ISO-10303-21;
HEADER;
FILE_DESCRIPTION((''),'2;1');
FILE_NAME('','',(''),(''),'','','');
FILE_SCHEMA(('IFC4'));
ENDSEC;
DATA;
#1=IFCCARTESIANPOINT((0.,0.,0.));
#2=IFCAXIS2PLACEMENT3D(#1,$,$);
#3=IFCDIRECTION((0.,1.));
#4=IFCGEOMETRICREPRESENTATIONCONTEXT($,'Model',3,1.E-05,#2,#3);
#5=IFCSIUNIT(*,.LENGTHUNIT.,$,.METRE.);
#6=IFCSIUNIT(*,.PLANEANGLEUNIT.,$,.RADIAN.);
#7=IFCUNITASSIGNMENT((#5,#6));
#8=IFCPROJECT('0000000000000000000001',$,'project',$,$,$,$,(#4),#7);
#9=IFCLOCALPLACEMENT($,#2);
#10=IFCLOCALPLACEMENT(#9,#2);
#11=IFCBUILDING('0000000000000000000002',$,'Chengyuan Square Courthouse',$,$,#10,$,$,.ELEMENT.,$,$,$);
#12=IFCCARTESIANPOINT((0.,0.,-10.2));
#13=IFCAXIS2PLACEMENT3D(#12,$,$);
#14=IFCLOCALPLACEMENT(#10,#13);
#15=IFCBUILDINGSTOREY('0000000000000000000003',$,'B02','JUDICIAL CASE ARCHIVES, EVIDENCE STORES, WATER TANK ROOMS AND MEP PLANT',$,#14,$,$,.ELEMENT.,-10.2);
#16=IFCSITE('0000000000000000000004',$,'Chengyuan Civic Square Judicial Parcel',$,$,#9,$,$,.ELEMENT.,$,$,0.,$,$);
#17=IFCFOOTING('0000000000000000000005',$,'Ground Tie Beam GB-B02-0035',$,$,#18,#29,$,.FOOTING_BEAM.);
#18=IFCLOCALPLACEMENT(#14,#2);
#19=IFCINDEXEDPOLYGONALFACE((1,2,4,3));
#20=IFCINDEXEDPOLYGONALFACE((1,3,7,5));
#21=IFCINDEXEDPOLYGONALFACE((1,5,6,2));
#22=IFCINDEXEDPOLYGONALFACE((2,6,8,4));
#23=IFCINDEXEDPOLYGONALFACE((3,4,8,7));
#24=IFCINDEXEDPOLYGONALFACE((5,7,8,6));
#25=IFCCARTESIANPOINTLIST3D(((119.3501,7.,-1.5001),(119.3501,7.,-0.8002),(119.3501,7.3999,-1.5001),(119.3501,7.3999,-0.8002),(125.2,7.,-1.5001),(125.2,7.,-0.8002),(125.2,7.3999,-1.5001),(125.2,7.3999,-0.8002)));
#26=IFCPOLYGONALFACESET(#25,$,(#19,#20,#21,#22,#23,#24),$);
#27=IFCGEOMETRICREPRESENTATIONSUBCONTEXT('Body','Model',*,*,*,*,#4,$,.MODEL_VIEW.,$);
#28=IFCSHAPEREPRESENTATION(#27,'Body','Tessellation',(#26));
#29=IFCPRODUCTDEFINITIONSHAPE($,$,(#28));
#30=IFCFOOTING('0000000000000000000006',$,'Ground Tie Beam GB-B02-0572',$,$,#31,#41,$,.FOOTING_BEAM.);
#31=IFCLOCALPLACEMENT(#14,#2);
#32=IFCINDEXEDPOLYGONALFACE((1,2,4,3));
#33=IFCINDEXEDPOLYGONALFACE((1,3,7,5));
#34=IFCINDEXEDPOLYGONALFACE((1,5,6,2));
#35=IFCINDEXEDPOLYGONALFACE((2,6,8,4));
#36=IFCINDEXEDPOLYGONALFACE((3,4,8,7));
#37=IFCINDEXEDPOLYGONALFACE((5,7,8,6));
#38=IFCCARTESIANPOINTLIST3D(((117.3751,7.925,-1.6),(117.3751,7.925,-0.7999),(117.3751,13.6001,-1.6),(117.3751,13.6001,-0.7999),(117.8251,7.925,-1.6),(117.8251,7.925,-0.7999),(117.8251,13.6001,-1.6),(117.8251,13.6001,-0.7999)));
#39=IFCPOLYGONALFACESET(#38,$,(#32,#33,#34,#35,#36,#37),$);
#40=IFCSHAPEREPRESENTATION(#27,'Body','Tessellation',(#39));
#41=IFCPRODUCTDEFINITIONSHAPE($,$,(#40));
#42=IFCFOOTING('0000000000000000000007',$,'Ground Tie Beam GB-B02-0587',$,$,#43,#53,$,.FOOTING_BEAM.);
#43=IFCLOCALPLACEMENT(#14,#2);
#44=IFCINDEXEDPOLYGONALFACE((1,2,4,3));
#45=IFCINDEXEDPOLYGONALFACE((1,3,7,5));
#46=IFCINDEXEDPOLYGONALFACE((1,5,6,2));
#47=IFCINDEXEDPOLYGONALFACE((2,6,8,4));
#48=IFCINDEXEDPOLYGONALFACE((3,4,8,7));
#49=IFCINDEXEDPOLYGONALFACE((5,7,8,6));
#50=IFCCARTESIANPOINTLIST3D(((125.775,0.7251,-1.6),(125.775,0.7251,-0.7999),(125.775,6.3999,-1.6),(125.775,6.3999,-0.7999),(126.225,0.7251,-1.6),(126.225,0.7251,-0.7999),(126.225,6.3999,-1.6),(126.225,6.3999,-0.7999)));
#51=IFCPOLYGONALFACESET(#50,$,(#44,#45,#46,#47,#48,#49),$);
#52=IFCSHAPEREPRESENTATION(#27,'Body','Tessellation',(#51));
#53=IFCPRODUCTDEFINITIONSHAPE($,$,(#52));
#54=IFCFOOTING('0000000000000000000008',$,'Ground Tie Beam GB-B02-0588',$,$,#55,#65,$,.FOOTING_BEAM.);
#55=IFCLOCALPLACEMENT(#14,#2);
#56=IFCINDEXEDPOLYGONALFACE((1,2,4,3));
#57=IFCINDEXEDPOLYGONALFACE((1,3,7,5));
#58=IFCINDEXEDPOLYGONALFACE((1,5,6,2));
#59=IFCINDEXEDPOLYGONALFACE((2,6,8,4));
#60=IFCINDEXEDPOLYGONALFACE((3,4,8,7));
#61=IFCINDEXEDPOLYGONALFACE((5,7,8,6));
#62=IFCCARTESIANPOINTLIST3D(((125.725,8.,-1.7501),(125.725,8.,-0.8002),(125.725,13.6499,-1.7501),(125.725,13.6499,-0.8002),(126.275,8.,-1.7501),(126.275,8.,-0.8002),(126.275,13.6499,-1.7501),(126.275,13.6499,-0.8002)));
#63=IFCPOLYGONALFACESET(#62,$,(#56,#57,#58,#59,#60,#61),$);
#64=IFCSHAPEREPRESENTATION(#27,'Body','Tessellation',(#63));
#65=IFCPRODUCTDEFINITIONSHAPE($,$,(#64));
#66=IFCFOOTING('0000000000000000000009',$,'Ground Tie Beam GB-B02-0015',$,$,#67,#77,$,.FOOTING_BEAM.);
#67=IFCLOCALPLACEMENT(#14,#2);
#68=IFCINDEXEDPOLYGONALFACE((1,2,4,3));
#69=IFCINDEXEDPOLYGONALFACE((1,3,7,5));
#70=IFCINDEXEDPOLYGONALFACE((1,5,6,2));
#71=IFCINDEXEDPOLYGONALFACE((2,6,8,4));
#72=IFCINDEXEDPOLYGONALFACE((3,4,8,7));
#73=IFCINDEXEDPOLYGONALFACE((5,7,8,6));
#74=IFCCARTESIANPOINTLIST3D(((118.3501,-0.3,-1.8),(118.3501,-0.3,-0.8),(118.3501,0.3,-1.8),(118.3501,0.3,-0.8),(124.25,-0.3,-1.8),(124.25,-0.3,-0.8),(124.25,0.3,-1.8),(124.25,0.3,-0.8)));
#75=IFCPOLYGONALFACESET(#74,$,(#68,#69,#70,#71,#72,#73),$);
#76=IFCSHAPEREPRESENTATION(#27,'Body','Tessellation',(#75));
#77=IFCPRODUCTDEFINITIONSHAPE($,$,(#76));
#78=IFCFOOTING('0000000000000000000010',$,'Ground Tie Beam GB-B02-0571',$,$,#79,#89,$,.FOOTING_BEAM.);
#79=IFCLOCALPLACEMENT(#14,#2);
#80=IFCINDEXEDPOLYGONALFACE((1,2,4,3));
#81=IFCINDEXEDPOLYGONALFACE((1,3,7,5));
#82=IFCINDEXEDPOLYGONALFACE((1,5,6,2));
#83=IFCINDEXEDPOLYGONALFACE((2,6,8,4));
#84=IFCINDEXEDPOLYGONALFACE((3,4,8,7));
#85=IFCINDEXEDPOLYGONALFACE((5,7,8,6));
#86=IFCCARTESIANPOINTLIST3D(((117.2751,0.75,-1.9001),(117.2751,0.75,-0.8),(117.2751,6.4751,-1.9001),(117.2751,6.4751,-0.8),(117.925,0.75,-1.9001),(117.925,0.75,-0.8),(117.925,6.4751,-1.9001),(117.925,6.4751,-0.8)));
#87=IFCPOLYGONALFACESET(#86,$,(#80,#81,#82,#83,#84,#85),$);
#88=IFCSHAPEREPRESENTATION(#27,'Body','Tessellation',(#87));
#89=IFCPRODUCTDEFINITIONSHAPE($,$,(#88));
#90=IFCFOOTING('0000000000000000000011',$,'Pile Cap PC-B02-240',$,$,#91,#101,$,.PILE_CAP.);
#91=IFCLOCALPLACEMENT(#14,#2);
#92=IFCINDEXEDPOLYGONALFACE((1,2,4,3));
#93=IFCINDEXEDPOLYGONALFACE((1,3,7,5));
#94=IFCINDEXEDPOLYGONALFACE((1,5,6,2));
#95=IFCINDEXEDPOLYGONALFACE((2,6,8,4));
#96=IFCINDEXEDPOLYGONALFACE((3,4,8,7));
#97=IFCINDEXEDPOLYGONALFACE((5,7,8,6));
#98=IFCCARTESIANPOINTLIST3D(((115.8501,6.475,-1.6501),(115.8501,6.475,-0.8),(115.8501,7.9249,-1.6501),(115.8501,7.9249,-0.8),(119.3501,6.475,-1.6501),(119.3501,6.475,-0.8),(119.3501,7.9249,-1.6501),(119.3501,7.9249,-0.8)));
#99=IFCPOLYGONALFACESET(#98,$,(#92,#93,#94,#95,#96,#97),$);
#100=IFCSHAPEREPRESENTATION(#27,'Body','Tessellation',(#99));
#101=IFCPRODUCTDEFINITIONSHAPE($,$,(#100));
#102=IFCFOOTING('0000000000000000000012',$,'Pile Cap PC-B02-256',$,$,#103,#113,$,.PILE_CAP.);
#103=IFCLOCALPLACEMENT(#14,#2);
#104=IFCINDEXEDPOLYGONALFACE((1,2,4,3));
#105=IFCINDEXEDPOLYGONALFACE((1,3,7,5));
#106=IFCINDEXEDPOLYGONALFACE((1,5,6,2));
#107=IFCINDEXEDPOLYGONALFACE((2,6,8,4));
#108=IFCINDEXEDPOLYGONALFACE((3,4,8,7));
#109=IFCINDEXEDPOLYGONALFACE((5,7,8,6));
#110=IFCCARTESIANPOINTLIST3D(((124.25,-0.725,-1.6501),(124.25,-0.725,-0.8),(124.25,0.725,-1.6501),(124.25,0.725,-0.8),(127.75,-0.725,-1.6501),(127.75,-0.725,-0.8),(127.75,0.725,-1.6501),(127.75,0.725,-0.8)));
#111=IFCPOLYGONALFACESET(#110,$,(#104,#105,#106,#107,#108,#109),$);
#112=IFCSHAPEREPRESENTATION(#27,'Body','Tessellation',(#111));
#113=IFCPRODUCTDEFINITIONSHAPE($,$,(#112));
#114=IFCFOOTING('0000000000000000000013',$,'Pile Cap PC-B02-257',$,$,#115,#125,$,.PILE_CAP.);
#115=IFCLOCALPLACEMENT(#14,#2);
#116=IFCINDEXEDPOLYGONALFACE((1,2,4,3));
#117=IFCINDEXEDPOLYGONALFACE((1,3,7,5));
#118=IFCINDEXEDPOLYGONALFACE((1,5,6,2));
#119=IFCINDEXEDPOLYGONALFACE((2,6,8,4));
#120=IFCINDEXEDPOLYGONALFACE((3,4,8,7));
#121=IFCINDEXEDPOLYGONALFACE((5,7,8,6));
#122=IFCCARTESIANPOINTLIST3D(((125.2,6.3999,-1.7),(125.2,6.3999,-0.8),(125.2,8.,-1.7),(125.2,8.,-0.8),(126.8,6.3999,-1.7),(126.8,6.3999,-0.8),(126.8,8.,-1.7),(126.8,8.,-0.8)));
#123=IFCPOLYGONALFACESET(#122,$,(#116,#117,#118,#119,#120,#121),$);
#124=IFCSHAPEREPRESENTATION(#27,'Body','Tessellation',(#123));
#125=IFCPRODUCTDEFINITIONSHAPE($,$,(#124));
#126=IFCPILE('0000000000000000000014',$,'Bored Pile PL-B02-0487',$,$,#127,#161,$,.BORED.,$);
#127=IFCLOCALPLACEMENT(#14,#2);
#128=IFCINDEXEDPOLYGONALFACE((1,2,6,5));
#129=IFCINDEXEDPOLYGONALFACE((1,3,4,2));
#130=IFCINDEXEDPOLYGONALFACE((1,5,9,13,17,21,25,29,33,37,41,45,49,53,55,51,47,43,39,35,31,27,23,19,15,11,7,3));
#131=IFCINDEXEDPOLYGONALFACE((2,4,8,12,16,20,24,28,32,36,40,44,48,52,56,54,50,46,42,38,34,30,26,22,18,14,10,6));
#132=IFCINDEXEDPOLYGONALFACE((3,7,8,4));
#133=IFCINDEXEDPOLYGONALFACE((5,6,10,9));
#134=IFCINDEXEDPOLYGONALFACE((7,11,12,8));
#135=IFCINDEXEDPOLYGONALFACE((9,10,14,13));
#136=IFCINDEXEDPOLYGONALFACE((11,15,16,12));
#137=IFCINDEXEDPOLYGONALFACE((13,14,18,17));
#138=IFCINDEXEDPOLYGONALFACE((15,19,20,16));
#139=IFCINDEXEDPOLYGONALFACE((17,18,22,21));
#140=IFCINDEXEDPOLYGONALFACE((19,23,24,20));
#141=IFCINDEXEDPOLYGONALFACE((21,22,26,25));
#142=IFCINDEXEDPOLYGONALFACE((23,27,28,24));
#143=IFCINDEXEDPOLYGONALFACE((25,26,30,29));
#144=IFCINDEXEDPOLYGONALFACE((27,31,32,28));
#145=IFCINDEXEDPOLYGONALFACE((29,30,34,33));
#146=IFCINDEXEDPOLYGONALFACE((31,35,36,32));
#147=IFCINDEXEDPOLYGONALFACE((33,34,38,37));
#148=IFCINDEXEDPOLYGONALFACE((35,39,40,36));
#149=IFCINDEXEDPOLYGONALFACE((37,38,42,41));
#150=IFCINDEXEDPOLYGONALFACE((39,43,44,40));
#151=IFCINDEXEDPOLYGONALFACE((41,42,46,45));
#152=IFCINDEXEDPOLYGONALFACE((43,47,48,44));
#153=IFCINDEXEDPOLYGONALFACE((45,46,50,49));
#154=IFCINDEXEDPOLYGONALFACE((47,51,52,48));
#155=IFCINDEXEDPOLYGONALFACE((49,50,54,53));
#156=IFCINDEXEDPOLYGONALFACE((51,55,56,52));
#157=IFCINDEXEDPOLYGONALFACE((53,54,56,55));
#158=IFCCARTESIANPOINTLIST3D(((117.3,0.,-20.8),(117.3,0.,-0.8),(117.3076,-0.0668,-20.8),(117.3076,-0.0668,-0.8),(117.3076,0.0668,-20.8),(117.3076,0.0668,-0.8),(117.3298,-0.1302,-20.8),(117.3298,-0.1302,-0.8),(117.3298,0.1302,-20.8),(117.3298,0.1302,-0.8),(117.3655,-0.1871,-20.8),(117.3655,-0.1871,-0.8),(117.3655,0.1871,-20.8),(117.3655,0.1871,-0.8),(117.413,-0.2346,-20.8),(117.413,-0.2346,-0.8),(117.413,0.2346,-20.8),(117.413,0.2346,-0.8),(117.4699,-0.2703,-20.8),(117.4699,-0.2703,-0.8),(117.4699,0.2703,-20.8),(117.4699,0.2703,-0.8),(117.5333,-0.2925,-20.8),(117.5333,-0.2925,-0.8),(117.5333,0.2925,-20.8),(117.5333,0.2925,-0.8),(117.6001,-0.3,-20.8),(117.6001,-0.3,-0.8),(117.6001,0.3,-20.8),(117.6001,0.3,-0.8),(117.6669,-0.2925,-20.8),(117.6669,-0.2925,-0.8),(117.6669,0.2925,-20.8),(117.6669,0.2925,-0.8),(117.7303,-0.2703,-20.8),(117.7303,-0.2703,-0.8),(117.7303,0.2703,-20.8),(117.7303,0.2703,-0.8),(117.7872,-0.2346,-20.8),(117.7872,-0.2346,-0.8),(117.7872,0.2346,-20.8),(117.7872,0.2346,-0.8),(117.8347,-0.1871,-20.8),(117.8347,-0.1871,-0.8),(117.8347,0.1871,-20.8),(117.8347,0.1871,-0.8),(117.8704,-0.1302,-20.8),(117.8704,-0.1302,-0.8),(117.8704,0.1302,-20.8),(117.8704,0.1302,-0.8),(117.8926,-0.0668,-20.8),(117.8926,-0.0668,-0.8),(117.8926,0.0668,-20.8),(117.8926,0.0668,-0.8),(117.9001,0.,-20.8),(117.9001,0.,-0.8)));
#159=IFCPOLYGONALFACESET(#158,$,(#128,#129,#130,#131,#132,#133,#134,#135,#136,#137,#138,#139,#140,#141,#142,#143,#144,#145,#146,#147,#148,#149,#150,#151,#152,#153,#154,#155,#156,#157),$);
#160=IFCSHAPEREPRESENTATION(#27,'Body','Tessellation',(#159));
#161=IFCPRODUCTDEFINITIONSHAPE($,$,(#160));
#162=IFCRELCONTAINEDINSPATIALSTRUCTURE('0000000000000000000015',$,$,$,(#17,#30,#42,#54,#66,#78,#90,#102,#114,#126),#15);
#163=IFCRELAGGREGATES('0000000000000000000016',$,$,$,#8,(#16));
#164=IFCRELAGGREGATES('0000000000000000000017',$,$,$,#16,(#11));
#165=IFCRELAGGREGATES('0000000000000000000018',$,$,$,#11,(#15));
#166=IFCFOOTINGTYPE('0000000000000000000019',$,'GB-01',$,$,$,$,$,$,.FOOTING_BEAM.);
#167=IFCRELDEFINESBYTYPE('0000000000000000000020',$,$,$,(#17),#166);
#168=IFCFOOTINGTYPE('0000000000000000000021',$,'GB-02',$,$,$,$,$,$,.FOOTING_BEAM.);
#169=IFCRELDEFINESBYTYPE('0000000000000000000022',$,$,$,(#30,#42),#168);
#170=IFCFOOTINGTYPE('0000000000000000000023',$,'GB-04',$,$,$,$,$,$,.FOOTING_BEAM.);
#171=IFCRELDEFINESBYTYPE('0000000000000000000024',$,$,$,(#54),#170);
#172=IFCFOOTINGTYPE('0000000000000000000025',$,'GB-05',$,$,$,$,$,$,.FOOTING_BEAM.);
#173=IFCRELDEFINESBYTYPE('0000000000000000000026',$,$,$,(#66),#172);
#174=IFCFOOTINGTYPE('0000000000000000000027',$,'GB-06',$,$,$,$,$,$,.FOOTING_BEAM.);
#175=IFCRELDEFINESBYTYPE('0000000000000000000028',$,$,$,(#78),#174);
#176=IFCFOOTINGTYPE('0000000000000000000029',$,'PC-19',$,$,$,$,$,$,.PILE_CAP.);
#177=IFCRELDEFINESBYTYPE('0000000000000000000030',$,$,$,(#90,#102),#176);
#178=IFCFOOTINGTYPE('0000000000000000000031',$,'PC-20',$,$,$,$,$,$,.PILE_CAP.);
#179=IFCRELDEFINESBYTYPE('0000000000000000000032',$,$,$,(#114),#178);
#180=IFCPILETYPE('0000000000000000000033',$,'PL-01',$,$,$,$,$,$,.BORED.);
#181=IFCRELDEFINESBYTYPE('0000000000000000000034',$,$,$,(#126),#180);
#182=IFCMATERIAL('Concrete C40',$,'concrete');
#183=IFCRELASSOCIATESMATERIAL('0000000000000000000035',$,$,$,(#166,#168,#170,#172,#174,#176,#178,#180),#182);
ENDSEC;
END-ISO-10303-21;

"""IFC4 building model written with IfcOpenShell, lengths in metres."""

from ifc_helpers import new_model, si_unit, direction, frame, origin, origin_2d, place, context, subcontext, project, spatial, rectangle, circle, extrude, material, material_profile, profile_set, type_object, element, save


model = new_model("IFC4")

# Units and contexts
model_context = context("Model", 3, precision=1e-05, world=origin(), true_north=direction((0.0, 1.0)))
body_context = subcontext(model_context, "Body", "Model", "MODEL_VIEW")
ifc_project = project(units=[si_unit("LENGTHUNIT", "METRE"), si_unit("PLANEANGLEUNIT", "RADIAN")], contexts=[model_context])

# Site, building, storey
site_placement = place(None, origin())
site = spatial("IfcSite", under=ifc_project, at=site_placement, Name="Chengyuan Civic Square Judicial Parcel", CompositionType="ELEMENT", RefElevation=0.0)
building_placement = place(site_placement, origin())
building = spatial("IfcBuilding", under=site, at=building_placement, Name="Chengyuan Square Courthouse", CompositionType="ELEMENT")
storey_placement = place(building_placement, frame((0.0, 0.0, -10.2)))
storey = spatial("IfcBuildingStorey", under=building, at=storey_placement, Name="B02", Description="JUDICIAL CASE ARCHIVES, EVIDENCE STORES, WATER TANK ROOMS AND MEP PLANT", CompositionType="ELEMENT", Elevation=-10.2)

# Footings
ifc_material_1 = material(Name="Concrete C40", Category="concrete")
ifc_material_profile_1 = material_profile(ifc_material_1, rectangle(XDim=0.3999, YDim=0.7, at=origin_2d()), Name="GB-400x700")
ifc_profile_set_1 = profile_set([ifc_material_profile_1], Name="Concrete C40")
footing_type_1 = type_object("IfcFootingType", Name="GB-01", PredefinedType="FOOTING_BEAM", material=ifc_profile_set_1)
footing_1_placement = place(storey_placement, frame((119.3501, 7.2, -1.1501), z_axis=(1.0, 0.0, 0.0), x_axis=(0.0, 1.0, 0.0)))
element("IfcFooting", 1, at=footing_1_placement, inside=storey, type_object=footing_type_1, Name="Ground Tie Beam GB-B02-0035", PredefinedType="FOOTING_BEAM", context=body_context, shape_type="SweptSolid", body=[
    extrude(rectangle(XDim=0.3999, YDim=0.7, at=origin_2d()), origin(), (0.0, 0.0, 1.0), 5.8499),
])
ifc_material_profile_2 = material_profile(ifc_material_1, rectangle(XDim=0.45, YDim=0.8, at=origin_2d()), Name="GB-450x800")
ifc_profile_set_2 = profile_set([ifc_material_profile_2], Name="Concrete C40")
footing_type_2 = type_object("IfcFootingType", Name="GB-02", PredefinedType="FOOTING_BEAM", material=ifc_profile_set_2)
footing_2_placement = place(storey_placement, frame((117.6001, 7.925, -1.2), z_axis=(0.0, 1.0, 0.0), x_axis=(-1.0, 0.0, 0.0)))
element("IfcFooting", 2, at=footing_2_placement, inside=storey, type_object=footing_type_2, Name="Ground Tie Beam GB-B02-0572", PredefinedType="FOOTING_BEAM", context=body_context, shape_type="SweptSolid", body=[
    extrude(rectangle(XDim=0.45, YDim=0.8, at=origin_2d()), origin(), (0.0, 0.0, 1.0), 5.675),
])
footing_3_placement = place(storey_placement, frame((126.0, 0.7251, -1.2), z_axis=(0.0, 1.0, 0.0), x_axis=(-1.0, 0.0, 0.0)))
element("IfcFooting", 3, at=footing_3_placement, inside=storey, type_object=footing_type_2, Name="Ground Tie Beam GB-B02-0587", PredefinedType="FOOTING_BEAM", context=body_context, shape_type="SweptSolid", body=[
    extrude(rectangle(XDim=0.45, YDim=0.8, at=origin_2d()), origin(), (0.0, 0.0, 1.0), 5.6748),
])
ifc_material_profile_3 = material_profile(ifc_material_1, rectangle(XDim=0.55, YDim=0.95, at=origin_2d()), Name="GB-550x950")
ifc_profile_set_3 = profile_set([ifc_material_profile_3], Name="Concrete C40")
footing_type_3 = type_object("IfcFootingType", Name="GB-04", PredefinedType="FOOTING_BEAM", material=ifc_profile_set_3)
footing_4_placement = place(storey_placement, frame((126.0, 8.0, -1.2751), z_axis=(0.0, 1.0, 0.0), x_axis=(-1.0, 0.0, 0.0)))
element("IfcFooting", 4, at=footing_4_placement, inside=storey, type_object=footing_type_3, Name="Ground Tie Beam GB-B02-0588", PredefinedType="FOOTING_BEAM", context=body_context, shape_type="SweptSolid", body=[
    extrude(rectangle(XDim=0.55, YDim=0.95, at=origin_2d()), origin(), (0.0, 0.0, 1.0), 5.6499),
])
ifc_material_profile_4 = material_profile(ifc_material_1, rectangle(XDim=0.6001, YDim=1.0, at=origin_2d()), Name="GB-600x1000")
ifc_profile_set_4 = profile_set([ifc_material_profile_4], Name="Concrete C40")
footing_type_4 = type_object("IfcFootingType", Name="GB-05", PredefinedType="FOOTING_BEAM", material=ifc_profile_set_4)
footing_5_placement = place(storey_placement, frame((118.3501, 0.0, -1.3), z_axis=(1.0, 0.0, 0.0), x_axis=(0.0, 1.0, 0.0)))
element("IfcFooting", 5, at=footing_5_placement, inside=storey, type_object=footing_type_4, Name="Ground Tie Beam GB-B02-0015", PredefinedType="FOOTING_BEAM", context=body_context, shape_type="SweptSolid", body=[
    extrude(rectangle(XDim=0.6001, YDim=1.0, at=origin_2d()), origin(), (0.0, 0.0, 1.0), 5.8999),
])
ifc_material_profile_5 = material_profile(ifc_material_1, rectangle(XDim=0.6499, YDim=1.1001, at=origin_2d()), Name="GB-650x1100")
ifc_profile_set_5 = profile_set([ifc_material_profile_5], Name="Concrete C40")
footing_type_5 = type_object("IfcFootingType", Name="GB-06", PredefinedType="FOOTING_BEAM", material=ifc_profile_set_5)
footing_6_placement = place(storey_placement, frame((117.6001, 0.75, -1.3501), z_axis=(0.0, 1.0, 0.0), x_axis=(-1.0, 0.0, 0.0)))
element("IfcFooting", 6, at=footing_6_placement, inside=storey, type_object=footing_type_5, Name="Ground Tie Beam GB-B02-0571", PredefinedType="FOOTING_BEAM", context=body_context, shape_type="SweptSolid", body=[
    extrude(rectangle(XDim=0.6499, YDim=1.1001, at=origin_2d()), origin(), (0.0, 0.0, 1.0), 5.7251),
])
footing_type_6 = type_object("IfcFootingType", Name="PC-19", PredefinedType="PILE_CAP", material=ifc_material_1)
for number, where, z_axis, x_axis, name in (
    (7, (117.6001, 7.2, -1.6501), (0.0, 0.0, 1.0), (1.0, 0.0, 0.0), "Pile Cap PC-B02-240"),
    (8, (126.0, 0.0, -1.6501), (0.0, 0.0, 1.0), (1.0, 0.0, 0.0), "Pile Cap PC-B02-256"),
):
    element("IfcFooting", number, at=place(storey_placement, frame(where, z_axis=z_axis, x_axis=x_axis)), inside=storey, type_object=footing_type_6, Name=name, PredefinedType="PILE_CAP", context=body_context, shape_type="SweptSolid", body=[
        extrude(rectangle(XDim=3.5, YDim=1.45, at=origin_2d()), origin(), (0.0, 0.0, 1.0), 0.8501),
    ])
footing_type_7 = type_object("IfcFootingType", Name="PC-20", PredefinedType="PILE_CAP", material=ifc_material_1)
footing_7_placement = place(storey_placement, frame((126.0, 7.2, -1.7), z_axis=(0.0, 0.0, 1.0), x_axis=(1.0, 0.0, 0.0)))
element("IfcFooting", 9, at=footing_7_placement, inside=storey, type_object=footing_type_7, Name="Pile Cap PC-B02-257", PredefinedType="PILE_CAP", context=body_context, shape_type="SweptSolid", body=[
    extrude(rectangle(XDim=1.6001, YDim=1.6001, at=origin_2d()), origin(), (0.0, 0.0, 1.0), 0.8999),
])

# Pile
ifc_material_profile_6 = material_profile(ifc_material_1, circle(Radius=0.3, at=origin_2d()), Name="BORED PILE D600")
ifc_profile_set_6 = profile_set([ifc_material_profile_6], Name="Concrete C40")
pile_type_1 = type_object("IfcPileType", Name="PL-01", PredefinedType="BORED", material=ifc_profile_set_6)
pile_placement = place(storey_placement, frame((117.6001, 0.0, -0.8), z_axis=(0.0, 0.0, -1.0), x_axis=(1.0, 0.0, 0.0)))
element("IfcPile", 10, at=pile_placement, inside=storey, type_object=pile_type_1, Name="Bored Pile PL-B02-0487", PredefinedType="BORED", context=body_context, shape_type="SweptSolid", body=[
    extrude(circle(Radius=0.3, at=origin_2d()), origin(), (0.0, 0.0, 1.0), 20.0),
])

save(model, "model.ifc")
